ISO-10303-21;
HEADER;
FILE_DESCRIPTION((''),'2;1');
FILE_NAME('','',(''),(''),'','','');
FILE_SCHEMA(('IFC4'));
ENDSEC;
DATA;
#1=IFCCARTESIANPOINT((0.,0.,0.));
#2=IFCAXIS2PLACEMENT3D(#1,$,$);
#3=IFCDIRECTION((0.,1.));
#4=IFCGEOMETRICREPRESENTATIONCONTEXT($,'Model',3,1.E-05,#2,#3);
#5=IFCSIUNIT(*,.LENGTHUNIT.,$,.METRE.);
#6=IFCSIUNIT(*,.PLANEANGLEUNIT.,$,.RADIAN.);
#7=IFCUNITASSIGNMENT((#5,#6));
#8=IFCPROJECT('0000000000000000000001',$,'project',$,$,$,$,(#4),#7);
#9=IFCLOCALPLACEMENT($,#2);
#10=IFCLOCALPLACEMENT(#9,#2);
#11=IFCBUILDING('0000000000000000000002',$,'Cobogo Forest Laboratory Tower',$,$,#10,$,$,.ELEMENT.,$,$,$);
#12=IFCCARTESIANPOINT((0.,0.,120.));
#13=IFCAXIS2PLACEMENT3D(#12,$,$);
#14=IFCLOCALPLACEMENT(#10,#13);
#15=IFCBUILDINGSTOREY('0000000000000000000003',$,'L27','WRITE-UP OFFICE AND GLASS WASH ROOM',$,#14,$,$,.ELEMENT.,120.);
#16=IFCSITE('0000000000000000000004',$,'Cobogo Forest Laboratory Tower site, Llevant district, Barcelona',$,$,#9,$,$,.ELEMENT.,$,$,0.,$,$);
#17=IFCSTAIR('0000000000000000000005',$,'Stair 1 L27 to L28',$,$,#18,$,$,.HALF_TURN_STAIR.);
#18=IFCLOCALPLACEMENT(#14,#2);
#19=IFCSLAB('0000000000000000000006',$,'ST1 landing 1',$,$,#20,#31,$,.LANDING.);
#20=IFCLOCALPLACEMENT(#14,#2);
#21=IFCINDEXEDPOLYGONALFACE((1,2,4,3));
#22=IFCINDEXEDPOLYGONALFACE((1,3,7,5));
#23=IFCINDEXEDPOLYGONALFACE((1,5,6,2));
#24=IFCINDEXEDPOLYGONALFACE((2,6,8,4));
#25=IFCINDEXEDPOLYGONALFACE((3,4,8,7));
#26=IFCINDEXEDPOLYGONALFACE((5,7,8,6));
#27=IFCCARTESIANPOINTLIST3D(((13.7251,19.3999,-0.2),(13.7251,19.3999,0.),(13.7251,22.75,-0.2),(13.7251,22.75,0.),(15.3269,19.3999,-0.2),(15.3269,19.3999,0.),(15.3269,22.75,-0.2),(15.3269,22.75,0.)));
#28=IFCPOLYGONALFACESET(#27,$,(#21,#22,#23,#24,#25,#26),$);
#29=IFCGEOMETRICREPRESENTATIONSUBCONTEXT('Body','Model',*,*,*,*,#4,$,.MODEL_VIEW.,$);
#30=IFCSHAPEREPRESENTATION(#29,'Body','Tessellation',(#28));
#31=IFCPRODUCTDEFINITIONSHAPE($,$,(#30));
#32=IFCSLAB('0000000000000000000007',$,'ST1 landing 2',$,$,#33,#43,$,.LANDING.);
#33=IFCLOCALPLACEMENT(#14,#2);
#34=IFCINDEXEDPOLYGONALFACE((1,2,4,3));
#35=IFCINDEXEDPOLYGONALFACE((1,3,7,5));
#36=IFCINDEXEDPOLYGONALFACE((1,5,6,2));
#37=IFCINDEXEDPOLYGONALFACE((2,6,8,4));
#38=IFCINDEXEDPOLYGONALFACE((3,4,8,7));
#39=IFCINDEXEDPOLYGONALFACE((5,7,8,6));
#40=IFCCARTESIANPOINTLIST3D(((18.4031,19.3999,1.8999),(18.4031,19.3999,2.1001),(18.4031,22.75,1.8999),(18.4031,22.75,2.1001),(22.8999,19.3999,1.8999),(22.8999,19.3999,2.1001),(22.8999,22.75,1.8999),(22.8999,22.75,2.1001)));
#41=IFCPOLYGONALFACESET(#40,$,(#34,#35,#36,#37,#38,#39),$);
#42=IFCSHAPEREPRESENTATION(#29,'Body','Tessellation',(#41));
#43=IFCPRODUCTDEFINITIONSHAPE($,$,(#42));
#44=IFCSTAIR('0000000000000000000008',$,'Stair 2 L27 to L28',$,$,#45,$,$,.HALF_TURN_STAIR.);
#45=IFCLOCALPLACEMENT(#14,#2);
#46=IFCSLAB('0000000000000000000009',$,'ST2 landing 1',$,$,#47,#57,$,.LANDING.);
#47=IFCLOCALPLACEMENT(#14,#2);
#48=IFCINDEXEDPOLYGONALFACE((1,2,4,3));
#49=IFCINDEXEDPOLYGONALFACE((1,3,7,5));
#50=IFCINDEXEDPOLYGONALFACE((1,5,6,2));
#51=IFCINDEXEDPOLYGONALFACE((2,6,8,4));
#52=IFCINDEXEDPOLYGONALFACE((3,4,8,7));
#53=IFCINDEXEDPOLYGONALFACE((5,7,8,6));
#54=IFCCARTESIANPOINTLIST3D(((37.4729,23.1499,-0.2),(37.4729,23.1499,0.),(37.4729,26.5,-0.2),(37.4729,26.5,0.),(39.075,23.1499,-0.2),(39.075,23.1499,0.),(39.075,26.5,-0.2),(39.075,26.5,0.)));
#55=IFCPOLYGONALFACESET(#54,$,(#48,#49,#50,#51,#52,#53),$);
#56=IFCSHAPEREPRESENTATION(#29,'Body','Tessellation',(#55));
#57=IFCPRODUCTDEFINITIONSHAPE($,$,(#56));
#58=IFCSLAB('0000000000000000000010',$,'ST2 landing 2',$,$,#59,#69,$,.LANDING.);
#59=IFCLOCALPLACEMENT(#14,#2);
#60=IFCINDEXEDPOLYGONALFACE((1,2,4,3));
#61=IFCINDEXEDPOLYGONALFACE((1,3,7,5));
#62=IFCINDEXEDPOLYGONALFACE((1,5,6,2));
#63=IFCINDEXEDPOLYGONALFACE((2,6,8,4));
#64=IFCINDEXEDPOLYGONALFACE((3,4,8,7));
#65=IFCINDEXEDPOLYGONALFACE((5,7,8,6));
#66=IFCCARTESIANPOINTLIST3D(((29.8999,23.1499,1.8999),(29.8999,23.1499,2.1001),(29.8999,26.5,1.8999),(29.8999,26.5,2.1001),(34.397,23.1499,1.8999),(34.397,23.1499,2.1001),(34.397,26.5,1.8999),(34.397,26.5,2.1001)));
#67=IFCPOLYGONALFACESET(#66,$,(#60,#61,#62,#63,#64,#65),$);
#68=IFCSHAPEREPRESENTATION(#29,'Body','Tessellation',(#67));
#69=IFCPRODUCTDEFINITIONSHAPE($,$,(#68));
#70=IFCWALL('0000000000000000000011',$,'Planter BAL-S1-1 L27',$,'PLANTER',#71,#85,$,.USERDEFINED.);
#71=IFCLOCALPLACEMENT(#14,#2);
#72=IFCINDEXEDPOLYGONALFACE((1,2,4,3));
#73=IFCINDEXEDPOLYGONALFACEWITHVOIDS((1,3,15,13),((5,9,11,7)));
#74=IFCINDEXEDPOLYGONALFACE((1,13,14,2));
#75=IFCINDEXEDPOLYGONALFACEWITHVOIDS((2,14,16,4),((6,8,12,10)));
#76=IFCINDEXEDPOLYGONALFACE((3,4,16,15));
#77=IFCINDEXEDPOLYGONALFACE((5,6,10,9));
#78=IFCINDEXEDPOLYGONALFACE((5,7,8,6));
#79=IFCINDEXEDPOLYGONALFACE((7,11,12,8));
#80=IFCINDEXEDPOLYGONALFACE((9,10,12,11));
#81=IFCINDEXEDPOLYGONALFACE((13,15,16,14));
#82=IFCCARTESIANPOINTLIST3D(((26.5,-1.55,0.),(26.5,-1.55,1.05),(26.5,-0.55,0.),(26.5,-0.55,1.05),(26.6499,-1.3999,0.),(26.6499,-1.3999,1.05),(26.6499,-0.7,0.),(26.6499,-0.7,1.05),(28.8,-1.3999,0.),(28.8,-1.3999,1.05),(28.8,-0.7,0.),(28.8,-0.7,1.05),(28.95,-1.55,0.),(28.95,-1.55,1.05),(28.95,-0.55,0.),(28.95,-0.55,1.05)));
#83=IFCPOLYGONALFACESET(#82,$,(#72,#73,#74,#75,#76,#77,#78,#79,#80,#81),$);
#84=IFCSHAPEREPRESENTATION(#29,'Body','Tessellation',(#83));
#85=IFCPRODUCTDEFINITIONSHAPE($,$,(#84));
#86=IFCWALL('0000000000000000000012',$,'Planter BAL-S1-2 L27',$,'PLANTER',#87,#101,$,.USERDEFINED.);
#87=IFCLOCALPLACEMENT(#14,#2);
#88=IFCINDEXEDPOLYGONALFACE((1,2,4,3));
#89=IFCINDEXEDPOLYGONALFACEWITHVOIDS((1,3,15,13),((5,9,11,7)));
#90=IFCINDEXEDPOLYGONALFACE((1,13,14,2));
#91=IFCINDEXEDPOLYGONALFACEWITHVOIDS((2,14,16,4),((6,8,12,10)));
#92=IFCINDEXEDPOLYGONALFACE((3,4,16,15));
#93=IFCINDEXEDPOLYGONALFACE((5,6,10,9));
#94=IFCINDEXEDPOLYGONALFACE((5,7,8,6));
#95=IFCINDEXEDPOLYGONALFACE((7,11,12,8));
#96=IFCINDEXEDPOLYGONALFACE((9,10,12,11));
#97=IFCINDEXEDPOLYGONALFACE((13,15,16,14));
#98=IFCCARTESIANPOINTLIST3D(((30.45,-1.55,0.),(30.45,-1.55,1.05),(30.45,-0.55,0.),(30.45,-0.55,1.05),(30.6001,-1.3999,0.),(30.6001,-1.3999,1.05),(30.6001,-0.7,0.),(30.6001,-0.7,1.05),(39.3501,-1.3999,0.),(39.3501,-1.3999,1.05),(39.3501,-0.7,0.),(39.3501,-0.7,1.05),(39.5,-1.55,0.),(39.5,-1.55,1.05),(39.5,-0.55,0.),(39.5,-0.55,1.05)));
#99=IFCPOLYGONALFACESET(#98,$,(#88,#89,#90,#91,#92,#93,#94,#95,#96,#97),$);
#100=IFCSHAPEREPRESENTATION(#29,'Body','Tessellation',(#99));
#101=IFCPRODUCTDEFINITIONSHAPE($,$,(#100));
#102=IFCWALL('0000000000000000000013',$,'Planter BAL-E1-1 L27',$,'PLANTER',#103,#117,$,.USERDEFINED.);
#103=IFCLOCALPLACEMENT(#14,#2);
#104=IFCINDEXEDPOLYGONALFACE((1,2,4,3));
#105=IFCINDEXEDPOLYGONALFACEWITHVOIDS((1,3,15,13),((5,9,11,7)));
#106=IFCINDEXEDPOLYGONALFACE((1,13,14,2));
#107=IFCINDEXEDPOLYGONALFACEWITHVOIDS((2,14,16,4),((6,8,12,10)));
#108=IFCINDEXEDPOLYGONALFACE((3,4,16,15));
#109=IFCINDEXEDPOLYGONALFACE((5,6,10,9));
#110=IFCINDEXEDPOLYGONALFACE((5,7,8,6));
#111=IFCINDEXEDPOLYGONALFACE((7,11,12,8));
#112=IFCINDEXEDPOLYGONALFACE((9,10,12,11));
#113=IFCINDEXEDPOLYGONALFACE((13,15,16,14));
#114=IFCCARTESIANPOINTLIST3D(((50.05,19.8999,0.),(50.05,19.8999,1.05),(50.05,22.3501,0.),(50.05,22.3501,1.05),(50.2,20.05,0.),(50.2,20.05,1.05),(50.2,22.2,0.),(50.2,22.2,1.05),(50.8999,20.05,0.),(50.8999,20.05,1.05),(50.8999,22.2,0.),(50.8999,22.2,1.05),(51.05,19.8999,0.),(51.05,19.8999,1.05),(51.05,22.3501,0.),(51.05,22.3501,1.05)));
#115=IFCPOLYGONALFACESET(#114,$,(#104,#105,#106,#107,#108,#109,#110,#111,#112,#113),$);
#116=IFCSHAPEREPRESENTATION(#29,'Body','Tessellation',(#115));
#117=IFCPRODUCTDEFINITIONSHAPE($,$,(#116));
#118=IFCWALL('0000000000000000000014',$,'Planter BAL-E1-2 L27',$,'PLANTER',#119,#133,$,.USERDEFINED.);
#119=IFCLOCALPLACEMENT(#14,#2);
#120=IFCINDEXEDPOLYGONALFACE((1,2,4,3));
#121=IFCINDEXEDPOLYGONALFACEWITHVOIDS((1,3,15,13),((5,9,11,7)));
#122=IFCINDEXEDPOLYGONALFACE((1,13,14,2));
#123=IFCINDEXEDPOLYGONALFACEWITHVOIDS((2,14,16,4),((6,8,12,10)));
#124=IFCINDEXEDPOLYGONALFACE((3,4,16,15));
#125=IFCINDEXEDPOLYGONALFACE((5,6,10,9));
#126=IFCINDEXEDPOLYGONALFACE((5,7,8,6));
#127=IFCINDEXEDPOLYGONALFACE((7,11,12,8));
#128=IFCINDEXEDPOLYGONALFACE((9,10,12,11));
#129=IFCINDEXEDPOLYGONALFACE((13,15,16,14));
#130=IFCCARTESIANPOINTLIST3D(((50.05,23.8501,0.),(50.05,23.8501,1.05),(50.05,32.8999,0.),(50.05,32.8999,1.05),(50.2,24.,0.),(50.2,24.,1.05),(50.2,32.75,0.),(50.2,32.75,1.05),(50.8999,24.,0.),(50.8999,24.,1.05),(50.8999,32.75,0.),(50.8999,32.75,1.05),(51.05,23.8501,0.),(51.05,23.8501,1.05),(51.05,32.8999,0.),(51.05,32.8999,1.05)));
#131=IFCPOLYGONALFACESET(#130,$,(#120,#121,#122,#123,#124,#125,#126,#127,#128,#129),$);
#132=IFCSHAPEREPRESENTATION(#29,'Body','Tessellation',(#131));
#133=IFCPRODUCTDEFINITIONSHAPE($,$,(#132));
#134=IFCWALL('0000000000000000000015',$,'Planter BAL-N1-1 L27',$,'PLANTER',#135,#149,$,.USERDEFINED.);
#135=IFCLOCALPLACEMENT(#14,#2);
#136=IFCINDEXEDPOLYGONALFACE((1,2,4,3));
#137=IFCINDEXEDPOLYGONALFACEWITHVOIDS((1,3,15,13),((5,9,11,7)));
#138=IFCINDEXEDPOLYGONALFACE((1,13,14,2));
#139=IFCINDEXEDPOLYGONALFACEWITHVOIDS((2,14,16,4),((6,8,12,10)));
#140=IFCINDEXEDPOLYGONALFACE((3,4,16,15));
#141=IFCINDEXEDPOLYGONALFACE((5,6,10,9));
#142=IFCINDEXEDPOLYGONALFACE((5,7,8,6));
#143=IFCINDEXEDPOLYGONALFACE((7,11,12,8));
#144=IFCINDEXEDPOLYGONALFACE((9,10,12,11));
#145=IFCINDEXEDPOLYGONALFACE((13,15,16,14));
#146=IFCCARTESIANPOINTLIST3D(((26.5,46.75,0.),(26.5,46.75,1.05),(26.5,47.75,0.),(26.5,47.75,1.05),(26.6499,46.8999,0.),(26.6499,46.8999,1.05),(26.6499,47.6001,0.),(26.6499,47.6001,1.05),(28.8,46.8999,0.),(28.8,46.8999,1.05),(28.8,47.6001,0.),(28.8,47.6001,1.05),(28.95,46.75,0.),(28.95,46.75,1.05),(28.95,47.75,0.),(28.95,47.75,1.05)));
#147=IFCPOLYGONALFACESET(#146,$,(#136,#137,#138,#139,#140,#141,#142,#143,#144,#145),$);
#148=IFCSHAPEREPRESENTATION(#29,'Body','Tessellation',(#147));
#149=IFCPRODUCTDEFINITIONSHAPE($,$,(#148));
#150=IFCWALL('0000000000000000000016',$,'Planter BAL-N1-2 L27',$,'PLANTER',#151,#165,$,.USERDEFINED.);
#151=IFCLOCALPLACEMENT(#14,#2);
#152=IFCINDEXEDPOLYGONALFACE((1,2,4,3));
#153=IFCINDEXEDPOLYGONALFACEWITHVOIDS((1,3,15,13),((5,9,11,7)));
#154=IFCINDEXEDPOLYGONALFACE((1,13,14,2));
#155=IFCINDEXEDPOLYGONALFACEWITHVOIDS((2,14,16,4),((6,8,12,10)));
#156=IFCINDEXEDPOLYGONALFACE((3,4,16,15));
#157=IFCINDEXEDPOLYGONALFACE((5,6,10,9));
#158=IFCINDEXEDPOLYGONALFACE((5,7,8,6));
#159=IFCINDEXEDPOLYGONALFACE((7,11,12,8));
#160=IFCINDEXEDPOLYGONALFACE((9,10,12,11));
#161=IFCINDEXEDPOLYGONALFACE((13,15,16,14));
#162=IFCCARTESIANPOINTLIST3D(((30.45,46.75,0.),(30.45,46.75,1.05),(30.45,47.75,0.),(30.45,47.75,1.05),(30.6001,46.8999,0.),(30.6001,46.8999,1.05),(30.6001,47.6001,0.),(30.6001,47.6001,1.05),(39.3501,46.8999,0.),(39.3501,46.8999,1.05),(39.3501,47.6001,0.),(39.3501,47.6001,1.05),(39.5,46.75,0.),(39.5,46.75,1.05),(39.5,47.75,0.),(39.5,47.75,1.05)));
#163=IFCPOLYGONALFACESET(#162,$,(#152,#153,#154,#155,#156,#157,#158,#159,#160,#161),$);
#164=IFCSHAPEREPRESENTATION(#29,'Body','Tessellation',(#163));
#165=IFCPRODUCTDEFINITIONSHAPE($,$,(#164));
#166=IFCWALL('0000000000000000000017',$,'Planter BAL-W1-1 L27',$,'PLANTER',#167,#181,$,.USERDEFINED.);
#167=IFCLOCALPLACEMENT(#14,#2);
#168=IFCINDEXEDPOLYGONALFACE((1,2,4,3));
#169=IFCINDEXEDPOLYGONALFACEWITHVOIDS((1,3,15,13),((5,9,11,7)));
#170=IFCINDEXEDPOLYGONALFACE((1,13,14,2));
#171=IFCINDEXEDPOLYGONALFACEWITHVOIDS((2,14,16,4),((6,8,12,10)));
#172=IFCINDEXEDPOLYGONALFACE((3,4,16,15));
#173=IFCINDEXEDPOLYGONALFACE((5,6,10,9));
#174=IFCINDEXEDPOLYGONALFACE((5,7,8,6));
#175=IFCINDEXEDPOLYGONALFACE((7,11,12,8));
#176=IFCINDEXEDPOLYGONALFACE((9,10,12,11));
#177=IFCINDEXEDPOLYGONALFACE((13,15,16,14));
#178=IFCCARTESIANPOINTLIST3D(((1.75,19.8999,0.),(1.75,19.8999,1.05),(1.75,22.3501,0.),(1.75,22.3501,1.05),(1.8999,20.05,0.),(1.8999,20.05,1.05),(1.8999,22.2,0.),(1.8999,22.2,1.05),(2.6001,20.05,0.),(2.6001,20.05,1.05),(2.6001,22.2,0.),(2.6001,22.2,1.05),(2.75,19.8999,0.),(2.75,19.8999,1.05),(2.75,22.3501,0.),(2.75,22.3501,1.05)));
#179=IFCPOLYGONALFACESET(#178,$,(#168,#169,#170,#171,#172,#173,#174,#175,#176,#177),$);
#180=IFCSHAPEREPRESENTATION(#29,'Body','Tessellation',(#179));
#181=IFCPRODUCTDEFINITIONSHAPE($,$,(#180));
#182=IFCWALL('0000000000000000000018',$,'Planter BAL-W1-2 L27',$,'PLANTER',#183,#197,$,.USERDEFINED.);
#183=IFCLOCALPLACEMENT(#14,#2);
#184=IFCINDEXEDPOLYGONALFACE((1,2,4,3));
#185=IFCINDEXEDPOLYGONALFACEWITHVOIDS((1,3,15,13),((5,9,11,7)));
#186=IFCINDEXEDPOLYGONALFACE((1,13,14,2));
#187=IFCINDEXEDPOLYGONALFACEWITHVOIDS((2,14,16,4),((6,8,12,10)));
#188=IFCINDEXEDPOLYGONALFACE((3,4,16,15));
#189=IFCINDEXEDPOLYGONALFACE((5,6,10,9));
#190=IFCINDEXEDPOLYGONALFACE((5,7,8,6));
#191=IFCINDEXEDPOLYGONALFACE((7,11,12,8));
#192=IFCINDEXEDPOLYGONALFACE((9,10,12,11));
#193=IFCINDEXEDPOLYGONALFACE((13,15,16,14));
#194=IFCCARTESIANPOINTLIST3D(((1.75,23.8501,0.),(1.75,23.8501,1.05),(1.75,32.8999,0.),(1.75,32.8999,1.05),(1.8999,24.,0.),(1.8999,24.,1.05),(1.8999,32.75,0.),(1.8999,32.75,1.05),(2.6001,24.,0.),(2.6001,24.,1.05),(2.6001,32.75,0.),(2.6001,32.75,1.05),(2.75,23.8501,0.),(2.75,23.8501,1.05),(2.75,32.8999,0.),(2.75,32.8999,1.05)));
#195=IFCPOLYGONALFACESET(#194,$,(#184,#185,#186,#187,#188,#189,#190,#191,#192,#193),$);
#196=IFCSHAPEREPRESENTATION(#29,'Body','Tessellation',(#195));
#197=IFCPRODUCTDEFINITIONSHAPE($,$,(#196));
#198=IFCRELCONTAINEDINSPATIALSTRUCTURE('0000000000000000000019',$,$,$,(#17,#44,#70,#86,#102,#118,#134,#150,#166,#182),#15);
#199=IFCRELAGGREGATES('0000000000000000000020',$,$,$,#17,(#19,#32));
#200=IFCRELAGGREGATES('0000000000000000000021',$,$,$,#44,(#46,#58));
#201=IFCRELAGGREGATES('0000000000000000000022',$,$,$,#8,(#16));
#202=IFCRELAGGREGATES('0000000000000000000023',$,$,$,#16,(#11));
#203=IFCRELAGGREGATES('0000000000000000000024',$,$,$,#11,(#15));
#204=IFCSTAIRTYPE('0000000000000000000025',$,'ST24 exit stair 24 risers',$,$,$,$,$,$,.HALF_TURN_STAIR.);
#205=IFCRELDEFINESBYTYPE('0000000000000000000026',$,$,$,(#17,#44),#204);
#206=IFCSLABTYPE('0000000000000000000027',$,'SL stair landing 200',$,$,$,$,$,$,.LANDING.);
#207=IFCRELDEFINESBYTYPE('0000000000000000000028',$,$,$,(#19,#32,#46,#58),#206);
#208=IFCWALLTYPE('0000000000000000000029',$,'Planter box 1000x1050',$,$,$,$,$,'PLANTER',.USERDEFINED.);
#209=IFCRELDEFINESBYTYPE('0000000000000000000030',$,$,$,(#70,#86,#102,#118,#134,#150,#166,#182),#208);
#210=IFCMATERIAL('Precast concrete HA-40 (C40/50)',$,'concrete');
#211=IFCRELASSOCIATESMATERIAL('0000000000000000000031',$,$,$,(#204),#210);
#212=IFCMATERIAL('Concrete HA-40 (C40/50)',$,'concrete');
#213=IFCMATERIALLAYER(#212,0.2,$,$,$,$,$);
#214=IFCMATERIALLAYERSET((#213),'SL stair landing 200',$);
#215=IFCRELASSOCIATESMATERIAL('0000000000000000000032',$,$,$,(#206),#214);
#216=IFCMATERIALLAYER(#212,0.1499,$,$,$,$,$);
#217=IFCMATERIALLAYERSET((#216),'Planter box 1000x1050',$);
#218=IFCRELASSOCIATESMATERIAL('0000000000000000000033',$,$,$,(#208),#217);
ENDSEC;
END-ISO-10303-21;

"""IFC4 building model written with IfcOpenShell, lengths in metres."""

from ifc_helpers import new_model, si_unit, direction, frame, origin, place, context, subcontext, project, spatial, polyline, outline, extrude, material, layer, layer_set, type_object, element, aggregate, save


model = new_model("IFC4")

# Units and contexts
model_context = context("Model", 3, precision=1e-05, world=origin(), true_north=direction((0.0, 1.0)))
body_context = subcontext(model_context, "Body", "Model", "MODEL_VIEW")
ifc_project = project(units=[si_unit("LENGTHUNIT", "METRE"), si_unit("PLANEANGLEUNIT", "RADIAN")], contexts=[model_context])

# Site, building, storey
site_placement = place(None, origin())
site = spatial("IfcSite", under=ifc_project, at=site_placement, Name="Cobogo Forest Laboratory Tower site, Llevant district, Barcelona", CompositionType="ELEMENT", RefElevation=0.0)
building_placement = place(site_placement, origin())
building = spatial("IfcBuilding", under=site, at=building_placement, Name="Cobogo Forest Laboratory Tower", CompositionType="ELEMENT")
storey_placement = place(building_placement, frame((0.0, 0.0, 120.0)))
storey = spatial("IfcBuildingStorey", under=building, at=storey_placement, Name="L27", Description="WRITE-UP OFFICE AND GLASS WASH ROOM", CompositionType="ELEMENT", Elevation=120.0)

# Shared definitions
ifc_material_1 = material(Name="Concrete HA-40 (C40/50)", Category="concrete")

# Stairs, slabs
ifc_material_2 = material(Name="Precast concrete HA-40 (C40/50)", Category="concrete")
stair_type = type_object("IfcStairType", Name="ST24 exit stair 24 risers", PredefinedType="HALF_TURN_STAIR", material=ifc_material_2)
stair_1_placement = place(storey_placement, origin())
stair_1 = element("IfcStair", 1, at=stair_1_placement, inside=storey, type_object=stair_type, Name="Stair 1 L27 to L28", PredefinedType="HALF_TURN_STAIR")
ifc_layer_1 = layer(ifc_material_1, 0.2)
ifc_layer_set_1 = layer_set([ifc_layer_1], Name="SL stair landing 200")
slab_type_1 = type_object("IfcSlabType", Name="SL stair landing 200", PredefinedType="LANDING", material=ifc_layer_set_1)
slab_1_placement = place(storey_placement, frame((0.0, 0.0, -0.2)))
slab_1 = element("IfcSlab", 2, at=slab_1_placement, type_object=slab_type_1, Name="ST1 landing 1", PredefinedType="LANDING", context=body_context, shape_type="SweptSolid", body=[
    extrude(outline(polyline([(13.7251, 19.3999), (15.3269, 19.3999), (15.3269, 22.75), (13.7251, 22.75), (13.7251, 19.3999)])), origin(), (0.0, 0.0, 1.0), 0.2),
])
slab_2_placement = place(storey_placement, frame((0.0, 0.0, 1.8999)))
slab_2 = element("IfcSlab", 3, at=slab_2_placement, type_object=slab_type_1, Name="ST1 landing 2", PredefinedType="LANDING", context=body_context, shape_type="SweptSolid", body=[
    extrude(outline(polyline([(18.4031, 19.3999), (22.8999, 19.3999), (22.8999, 22.75), (18.4031, 22.75), (18.4031, 19.3999)])), origin(), (0.0, 0.0, 1.0), 0.2002),
])
aggregate(stair_1, [slab_1, slab_2])
stair_2_placement = place(storey_placement, origin())
stair_2 = element("IfcStair", 4, at=stair_2_placement, inside=storey, type_object=stair_type, Name="Stair 2 L27 to L28", PredefinedType="HALF_TURN_STAIR")
slab_3_placement = place(storey_placement, frame((0.0, 0.0, -0.2)))
slab_3 = element("IfcSlab", 5, at=slab_3_placement, type_object=slab_type_1, Name="ST2 landing 1", PredefinedType="LANDING", context=body_context, shape_type="SweptSolid", body=[
    extrude(outline(polyline([(37.4729, 23.1499), (39.075, 23.1499), (39.075, 26.5), (37.4729, 26.5), (37.4729, 23.1499)])), origin(), (0.0, 0.0, 1.0), 0.2),
])
slab_4_placement = place(storey_placement, frame((0.0, 0.0, 1.8999)))
slab_4 = element("IfcSlab", 6, at=slab_4_placement, type_object=slab_type_1, Name="ST2 landing 2", PredefinedType="LANDING", context=body_context, shape_type="SweptSolid", body=[
    extrude(outline(polyline([(29.8999, 23.1499), (34.397, 23.1499), (34.397, 26.5), (29.8999, 26.5), (29.8999, 23.1499)])), origin(), (0.0, 0.0, 1.0), 0.2002),
])
aggregate(stair_2, [slab_3, slab_4])

# Walls
ifc_layer_2 = layer(ifc_material_1, 0.1499)
ifc_layer_set_2 = layer_set([ifc_layer_2], Name="Planter box 1000x1050")
wall_type = type_object("IfcWallType", Name="Planter box 1000x1050", ElementType="PLANTER", PredefinedType="USERDEFINED", material=ifc_layer_set_2)
wall_1_placement = place(storey_placement, origin())
element("IfcWall", 7, at=wall_1_placement, inside=storey, type_object=wall_type, Name="Planter BAL-S1-1 L27", ObjectType="PLANTER", PredefinedType="USERDEFINED", context=body_context, shape_type="SweptSolid", body=[
    extrude(outline(polyline([(26.5, -1.55), (28.95, -1.55), (28.95, -0.55), (26.5, -0.55), (26.5, -1.55)]), holes=[polyline([(26.6499, -1.3999), (28.8, -1.3999), (28.8, -0.7), (26.6499, -0.7), (26.6499, -1.3999)])]), origin(), (0.0, 0.0, 1.0), 1.05),
])
wall_2_placement = place(storey_placement, origin())
element("IfcWall", 8, at=wall_2_placement, inside=storey, type_object=wall_type, Name="Planter BAL-S1-2 L27", ObjectType="PLANTER", PredefinedType="USERDEFINED", context=body_context, shape_type="SweptSolid", body=[
    extrude(outline(polyline([(30.45, -1.55), (39.5, -1.55), (39.5, -0.55), (30.45, -0.55), (30.45, -1.55)]), holes=[polyline([(30.6001, -1.3999), (39.3501, -1.3999), (39.3501, -0.7), (30.6001, -0.7), (30.6001, -1.3999)])]), origin(), (0.0, 0.0, 1.0), 1.05),
])
wall_3_placement = place(storey_placement, origin())
element("IfcWall", 9, at=wall_3_placement, inside=storey, type_object=wall_type, Name="Planter BAL-E1-1 L27", ObjectType="PLANTER", PredefinedType="USERDEFINED", context=body_context, shape_type="SweptSolid", body=[
    extrude(outline(polyline([(50.05, 19.8999), (51.05, 19.8999), (51.05, 22.3501), (50.05, 22.3501), (50.05, 19.8999)]), holes=[polyline([(50.2, 20.05), (50.8999, 20.05), (50.8999, 22.2), (50.2, 22.2), (50.2, 20.05)])]), origin(), (0.0, 0.0, 1.0), 1.05),
])
wall_4_placement = place(storey_placement, origin())
element("IfcWall", 10, at=wall_4_placement, inside=storey, type_object=wall_type, Name="Planter BAL-E1-2 L27", ObjectType="PLANTER", PredefinedType="USERDEFINED", context=body_context, shape_type="SweptSolid", body=[
    extrude(outline(polyline([(50.05, 23.8501), (51.05, 23.8501), (51.05, 32.8999), (50.05, 32.8999), (50.05, 23.8501)]), holes=[polyline([(50.2, 24.0), (50.8999, 24.0), (50.8999, 32.75), (50.2, 32.75), (50.2, 24.0)])]), origin(), (0.0, 0.0, 1.0), 1.05),
])
wall_5_placement = place(storey_placement, origin())
element("IfcWall", 11, at=wall_5_placement, inside=storey, type_object=wall_type, Name="Planter BAL-N1-1 L27", ObjectType="PLANTER", PredefinedType="USERDEFINED", context=body_context, shape_type="SweptSolid", body=[
    extrude(outline(polyline([(26.5, 46.75), (28.95, 46.75), (28.95, 47.75), (26.5, 47.75), (26.5, 46.75)]), holes=[polyline([(26.6499, 46.8999), (28.8, 46.8999), (28.8, 47.6001), (26.6499, 47.6001), (26.6499, 46.8999)])]), origin(), (0.0, 0.0, 1.0), 1.05),
])
wall_6_placement = place(storey_placement, origin())
element("IfcWall", 12, at=wall_6_placement, inside=storey, type_object=wall_type, Name="Planter BAL-N1-2 L27", ObjectType="PLANTER", PredefinedType="USERDEFINED", context=body_context, shape_type="SweptSolid", body=[
    extrude(outline(polyline([(30.45, 46.75), (39.5, 46.75), (39.5, 47.75), (30.45, 47.75), (30.45, 46.75)]), holes=[polyline([(30.6001, 46.8999), (39.3501, 46.8999), (39.3501, 47.6001), (30.6001, 47.6001), (30.6001, 46.8999)])]), origin(), (0.0, 0.0, 1.0), 1.05),
])
wall_7_placement = place(storey_placement, origin())
element("IfcWall", 13, at=wall_7_placement, inside=storey, type_object=wall_type, Name="Planter BAL-W1-1 L27", ObjectType="PLANTER", PredefinedType="USERDEFINED", context=body_context, shape_type="SweptSolid", body=[
    extrude(outline(polyline([(1.75, 19.8999), (2.75, 19.8999), (2.75, 22.3501), (1.75, 22.3501), (1.75, 19.8999)]), holes=[polyline([(1.8999, 20.05), (2.6001, 20.05), (2.6001, 22.2), (1.8999, 22.2), (1.8999, 20.05)])]), origin(), (0.0, 0.0, 1.0), 1.05),
])
wall_8_placement = place(storey_placement, origin())
element("IfcWall", 14, at=wall_8_placement, inside=storey, type_object=wall_type, Name="Planter BAL-W1-2 L27", ObjectType="PLANTER", PredefinedType="USERDEFINED", context=body_context, shape_type="SweptSolid", body=[
    extrude(outline(polyline([(1.75, 23.8501), (2.75, 23.8501), (2.75, 32.8999), (1.75, 32.8999), (1.75, 23.8501)]), holes=[polyline([(1.8999, 24.0), (2.6001, 24.0), (2.6001, 32.75), (1.8999, 32.75), (1.8999, 24.0)])]), origin(), (0.0, 0.0, 1.0), 1.05),
])

save(model, "model.ifc")
